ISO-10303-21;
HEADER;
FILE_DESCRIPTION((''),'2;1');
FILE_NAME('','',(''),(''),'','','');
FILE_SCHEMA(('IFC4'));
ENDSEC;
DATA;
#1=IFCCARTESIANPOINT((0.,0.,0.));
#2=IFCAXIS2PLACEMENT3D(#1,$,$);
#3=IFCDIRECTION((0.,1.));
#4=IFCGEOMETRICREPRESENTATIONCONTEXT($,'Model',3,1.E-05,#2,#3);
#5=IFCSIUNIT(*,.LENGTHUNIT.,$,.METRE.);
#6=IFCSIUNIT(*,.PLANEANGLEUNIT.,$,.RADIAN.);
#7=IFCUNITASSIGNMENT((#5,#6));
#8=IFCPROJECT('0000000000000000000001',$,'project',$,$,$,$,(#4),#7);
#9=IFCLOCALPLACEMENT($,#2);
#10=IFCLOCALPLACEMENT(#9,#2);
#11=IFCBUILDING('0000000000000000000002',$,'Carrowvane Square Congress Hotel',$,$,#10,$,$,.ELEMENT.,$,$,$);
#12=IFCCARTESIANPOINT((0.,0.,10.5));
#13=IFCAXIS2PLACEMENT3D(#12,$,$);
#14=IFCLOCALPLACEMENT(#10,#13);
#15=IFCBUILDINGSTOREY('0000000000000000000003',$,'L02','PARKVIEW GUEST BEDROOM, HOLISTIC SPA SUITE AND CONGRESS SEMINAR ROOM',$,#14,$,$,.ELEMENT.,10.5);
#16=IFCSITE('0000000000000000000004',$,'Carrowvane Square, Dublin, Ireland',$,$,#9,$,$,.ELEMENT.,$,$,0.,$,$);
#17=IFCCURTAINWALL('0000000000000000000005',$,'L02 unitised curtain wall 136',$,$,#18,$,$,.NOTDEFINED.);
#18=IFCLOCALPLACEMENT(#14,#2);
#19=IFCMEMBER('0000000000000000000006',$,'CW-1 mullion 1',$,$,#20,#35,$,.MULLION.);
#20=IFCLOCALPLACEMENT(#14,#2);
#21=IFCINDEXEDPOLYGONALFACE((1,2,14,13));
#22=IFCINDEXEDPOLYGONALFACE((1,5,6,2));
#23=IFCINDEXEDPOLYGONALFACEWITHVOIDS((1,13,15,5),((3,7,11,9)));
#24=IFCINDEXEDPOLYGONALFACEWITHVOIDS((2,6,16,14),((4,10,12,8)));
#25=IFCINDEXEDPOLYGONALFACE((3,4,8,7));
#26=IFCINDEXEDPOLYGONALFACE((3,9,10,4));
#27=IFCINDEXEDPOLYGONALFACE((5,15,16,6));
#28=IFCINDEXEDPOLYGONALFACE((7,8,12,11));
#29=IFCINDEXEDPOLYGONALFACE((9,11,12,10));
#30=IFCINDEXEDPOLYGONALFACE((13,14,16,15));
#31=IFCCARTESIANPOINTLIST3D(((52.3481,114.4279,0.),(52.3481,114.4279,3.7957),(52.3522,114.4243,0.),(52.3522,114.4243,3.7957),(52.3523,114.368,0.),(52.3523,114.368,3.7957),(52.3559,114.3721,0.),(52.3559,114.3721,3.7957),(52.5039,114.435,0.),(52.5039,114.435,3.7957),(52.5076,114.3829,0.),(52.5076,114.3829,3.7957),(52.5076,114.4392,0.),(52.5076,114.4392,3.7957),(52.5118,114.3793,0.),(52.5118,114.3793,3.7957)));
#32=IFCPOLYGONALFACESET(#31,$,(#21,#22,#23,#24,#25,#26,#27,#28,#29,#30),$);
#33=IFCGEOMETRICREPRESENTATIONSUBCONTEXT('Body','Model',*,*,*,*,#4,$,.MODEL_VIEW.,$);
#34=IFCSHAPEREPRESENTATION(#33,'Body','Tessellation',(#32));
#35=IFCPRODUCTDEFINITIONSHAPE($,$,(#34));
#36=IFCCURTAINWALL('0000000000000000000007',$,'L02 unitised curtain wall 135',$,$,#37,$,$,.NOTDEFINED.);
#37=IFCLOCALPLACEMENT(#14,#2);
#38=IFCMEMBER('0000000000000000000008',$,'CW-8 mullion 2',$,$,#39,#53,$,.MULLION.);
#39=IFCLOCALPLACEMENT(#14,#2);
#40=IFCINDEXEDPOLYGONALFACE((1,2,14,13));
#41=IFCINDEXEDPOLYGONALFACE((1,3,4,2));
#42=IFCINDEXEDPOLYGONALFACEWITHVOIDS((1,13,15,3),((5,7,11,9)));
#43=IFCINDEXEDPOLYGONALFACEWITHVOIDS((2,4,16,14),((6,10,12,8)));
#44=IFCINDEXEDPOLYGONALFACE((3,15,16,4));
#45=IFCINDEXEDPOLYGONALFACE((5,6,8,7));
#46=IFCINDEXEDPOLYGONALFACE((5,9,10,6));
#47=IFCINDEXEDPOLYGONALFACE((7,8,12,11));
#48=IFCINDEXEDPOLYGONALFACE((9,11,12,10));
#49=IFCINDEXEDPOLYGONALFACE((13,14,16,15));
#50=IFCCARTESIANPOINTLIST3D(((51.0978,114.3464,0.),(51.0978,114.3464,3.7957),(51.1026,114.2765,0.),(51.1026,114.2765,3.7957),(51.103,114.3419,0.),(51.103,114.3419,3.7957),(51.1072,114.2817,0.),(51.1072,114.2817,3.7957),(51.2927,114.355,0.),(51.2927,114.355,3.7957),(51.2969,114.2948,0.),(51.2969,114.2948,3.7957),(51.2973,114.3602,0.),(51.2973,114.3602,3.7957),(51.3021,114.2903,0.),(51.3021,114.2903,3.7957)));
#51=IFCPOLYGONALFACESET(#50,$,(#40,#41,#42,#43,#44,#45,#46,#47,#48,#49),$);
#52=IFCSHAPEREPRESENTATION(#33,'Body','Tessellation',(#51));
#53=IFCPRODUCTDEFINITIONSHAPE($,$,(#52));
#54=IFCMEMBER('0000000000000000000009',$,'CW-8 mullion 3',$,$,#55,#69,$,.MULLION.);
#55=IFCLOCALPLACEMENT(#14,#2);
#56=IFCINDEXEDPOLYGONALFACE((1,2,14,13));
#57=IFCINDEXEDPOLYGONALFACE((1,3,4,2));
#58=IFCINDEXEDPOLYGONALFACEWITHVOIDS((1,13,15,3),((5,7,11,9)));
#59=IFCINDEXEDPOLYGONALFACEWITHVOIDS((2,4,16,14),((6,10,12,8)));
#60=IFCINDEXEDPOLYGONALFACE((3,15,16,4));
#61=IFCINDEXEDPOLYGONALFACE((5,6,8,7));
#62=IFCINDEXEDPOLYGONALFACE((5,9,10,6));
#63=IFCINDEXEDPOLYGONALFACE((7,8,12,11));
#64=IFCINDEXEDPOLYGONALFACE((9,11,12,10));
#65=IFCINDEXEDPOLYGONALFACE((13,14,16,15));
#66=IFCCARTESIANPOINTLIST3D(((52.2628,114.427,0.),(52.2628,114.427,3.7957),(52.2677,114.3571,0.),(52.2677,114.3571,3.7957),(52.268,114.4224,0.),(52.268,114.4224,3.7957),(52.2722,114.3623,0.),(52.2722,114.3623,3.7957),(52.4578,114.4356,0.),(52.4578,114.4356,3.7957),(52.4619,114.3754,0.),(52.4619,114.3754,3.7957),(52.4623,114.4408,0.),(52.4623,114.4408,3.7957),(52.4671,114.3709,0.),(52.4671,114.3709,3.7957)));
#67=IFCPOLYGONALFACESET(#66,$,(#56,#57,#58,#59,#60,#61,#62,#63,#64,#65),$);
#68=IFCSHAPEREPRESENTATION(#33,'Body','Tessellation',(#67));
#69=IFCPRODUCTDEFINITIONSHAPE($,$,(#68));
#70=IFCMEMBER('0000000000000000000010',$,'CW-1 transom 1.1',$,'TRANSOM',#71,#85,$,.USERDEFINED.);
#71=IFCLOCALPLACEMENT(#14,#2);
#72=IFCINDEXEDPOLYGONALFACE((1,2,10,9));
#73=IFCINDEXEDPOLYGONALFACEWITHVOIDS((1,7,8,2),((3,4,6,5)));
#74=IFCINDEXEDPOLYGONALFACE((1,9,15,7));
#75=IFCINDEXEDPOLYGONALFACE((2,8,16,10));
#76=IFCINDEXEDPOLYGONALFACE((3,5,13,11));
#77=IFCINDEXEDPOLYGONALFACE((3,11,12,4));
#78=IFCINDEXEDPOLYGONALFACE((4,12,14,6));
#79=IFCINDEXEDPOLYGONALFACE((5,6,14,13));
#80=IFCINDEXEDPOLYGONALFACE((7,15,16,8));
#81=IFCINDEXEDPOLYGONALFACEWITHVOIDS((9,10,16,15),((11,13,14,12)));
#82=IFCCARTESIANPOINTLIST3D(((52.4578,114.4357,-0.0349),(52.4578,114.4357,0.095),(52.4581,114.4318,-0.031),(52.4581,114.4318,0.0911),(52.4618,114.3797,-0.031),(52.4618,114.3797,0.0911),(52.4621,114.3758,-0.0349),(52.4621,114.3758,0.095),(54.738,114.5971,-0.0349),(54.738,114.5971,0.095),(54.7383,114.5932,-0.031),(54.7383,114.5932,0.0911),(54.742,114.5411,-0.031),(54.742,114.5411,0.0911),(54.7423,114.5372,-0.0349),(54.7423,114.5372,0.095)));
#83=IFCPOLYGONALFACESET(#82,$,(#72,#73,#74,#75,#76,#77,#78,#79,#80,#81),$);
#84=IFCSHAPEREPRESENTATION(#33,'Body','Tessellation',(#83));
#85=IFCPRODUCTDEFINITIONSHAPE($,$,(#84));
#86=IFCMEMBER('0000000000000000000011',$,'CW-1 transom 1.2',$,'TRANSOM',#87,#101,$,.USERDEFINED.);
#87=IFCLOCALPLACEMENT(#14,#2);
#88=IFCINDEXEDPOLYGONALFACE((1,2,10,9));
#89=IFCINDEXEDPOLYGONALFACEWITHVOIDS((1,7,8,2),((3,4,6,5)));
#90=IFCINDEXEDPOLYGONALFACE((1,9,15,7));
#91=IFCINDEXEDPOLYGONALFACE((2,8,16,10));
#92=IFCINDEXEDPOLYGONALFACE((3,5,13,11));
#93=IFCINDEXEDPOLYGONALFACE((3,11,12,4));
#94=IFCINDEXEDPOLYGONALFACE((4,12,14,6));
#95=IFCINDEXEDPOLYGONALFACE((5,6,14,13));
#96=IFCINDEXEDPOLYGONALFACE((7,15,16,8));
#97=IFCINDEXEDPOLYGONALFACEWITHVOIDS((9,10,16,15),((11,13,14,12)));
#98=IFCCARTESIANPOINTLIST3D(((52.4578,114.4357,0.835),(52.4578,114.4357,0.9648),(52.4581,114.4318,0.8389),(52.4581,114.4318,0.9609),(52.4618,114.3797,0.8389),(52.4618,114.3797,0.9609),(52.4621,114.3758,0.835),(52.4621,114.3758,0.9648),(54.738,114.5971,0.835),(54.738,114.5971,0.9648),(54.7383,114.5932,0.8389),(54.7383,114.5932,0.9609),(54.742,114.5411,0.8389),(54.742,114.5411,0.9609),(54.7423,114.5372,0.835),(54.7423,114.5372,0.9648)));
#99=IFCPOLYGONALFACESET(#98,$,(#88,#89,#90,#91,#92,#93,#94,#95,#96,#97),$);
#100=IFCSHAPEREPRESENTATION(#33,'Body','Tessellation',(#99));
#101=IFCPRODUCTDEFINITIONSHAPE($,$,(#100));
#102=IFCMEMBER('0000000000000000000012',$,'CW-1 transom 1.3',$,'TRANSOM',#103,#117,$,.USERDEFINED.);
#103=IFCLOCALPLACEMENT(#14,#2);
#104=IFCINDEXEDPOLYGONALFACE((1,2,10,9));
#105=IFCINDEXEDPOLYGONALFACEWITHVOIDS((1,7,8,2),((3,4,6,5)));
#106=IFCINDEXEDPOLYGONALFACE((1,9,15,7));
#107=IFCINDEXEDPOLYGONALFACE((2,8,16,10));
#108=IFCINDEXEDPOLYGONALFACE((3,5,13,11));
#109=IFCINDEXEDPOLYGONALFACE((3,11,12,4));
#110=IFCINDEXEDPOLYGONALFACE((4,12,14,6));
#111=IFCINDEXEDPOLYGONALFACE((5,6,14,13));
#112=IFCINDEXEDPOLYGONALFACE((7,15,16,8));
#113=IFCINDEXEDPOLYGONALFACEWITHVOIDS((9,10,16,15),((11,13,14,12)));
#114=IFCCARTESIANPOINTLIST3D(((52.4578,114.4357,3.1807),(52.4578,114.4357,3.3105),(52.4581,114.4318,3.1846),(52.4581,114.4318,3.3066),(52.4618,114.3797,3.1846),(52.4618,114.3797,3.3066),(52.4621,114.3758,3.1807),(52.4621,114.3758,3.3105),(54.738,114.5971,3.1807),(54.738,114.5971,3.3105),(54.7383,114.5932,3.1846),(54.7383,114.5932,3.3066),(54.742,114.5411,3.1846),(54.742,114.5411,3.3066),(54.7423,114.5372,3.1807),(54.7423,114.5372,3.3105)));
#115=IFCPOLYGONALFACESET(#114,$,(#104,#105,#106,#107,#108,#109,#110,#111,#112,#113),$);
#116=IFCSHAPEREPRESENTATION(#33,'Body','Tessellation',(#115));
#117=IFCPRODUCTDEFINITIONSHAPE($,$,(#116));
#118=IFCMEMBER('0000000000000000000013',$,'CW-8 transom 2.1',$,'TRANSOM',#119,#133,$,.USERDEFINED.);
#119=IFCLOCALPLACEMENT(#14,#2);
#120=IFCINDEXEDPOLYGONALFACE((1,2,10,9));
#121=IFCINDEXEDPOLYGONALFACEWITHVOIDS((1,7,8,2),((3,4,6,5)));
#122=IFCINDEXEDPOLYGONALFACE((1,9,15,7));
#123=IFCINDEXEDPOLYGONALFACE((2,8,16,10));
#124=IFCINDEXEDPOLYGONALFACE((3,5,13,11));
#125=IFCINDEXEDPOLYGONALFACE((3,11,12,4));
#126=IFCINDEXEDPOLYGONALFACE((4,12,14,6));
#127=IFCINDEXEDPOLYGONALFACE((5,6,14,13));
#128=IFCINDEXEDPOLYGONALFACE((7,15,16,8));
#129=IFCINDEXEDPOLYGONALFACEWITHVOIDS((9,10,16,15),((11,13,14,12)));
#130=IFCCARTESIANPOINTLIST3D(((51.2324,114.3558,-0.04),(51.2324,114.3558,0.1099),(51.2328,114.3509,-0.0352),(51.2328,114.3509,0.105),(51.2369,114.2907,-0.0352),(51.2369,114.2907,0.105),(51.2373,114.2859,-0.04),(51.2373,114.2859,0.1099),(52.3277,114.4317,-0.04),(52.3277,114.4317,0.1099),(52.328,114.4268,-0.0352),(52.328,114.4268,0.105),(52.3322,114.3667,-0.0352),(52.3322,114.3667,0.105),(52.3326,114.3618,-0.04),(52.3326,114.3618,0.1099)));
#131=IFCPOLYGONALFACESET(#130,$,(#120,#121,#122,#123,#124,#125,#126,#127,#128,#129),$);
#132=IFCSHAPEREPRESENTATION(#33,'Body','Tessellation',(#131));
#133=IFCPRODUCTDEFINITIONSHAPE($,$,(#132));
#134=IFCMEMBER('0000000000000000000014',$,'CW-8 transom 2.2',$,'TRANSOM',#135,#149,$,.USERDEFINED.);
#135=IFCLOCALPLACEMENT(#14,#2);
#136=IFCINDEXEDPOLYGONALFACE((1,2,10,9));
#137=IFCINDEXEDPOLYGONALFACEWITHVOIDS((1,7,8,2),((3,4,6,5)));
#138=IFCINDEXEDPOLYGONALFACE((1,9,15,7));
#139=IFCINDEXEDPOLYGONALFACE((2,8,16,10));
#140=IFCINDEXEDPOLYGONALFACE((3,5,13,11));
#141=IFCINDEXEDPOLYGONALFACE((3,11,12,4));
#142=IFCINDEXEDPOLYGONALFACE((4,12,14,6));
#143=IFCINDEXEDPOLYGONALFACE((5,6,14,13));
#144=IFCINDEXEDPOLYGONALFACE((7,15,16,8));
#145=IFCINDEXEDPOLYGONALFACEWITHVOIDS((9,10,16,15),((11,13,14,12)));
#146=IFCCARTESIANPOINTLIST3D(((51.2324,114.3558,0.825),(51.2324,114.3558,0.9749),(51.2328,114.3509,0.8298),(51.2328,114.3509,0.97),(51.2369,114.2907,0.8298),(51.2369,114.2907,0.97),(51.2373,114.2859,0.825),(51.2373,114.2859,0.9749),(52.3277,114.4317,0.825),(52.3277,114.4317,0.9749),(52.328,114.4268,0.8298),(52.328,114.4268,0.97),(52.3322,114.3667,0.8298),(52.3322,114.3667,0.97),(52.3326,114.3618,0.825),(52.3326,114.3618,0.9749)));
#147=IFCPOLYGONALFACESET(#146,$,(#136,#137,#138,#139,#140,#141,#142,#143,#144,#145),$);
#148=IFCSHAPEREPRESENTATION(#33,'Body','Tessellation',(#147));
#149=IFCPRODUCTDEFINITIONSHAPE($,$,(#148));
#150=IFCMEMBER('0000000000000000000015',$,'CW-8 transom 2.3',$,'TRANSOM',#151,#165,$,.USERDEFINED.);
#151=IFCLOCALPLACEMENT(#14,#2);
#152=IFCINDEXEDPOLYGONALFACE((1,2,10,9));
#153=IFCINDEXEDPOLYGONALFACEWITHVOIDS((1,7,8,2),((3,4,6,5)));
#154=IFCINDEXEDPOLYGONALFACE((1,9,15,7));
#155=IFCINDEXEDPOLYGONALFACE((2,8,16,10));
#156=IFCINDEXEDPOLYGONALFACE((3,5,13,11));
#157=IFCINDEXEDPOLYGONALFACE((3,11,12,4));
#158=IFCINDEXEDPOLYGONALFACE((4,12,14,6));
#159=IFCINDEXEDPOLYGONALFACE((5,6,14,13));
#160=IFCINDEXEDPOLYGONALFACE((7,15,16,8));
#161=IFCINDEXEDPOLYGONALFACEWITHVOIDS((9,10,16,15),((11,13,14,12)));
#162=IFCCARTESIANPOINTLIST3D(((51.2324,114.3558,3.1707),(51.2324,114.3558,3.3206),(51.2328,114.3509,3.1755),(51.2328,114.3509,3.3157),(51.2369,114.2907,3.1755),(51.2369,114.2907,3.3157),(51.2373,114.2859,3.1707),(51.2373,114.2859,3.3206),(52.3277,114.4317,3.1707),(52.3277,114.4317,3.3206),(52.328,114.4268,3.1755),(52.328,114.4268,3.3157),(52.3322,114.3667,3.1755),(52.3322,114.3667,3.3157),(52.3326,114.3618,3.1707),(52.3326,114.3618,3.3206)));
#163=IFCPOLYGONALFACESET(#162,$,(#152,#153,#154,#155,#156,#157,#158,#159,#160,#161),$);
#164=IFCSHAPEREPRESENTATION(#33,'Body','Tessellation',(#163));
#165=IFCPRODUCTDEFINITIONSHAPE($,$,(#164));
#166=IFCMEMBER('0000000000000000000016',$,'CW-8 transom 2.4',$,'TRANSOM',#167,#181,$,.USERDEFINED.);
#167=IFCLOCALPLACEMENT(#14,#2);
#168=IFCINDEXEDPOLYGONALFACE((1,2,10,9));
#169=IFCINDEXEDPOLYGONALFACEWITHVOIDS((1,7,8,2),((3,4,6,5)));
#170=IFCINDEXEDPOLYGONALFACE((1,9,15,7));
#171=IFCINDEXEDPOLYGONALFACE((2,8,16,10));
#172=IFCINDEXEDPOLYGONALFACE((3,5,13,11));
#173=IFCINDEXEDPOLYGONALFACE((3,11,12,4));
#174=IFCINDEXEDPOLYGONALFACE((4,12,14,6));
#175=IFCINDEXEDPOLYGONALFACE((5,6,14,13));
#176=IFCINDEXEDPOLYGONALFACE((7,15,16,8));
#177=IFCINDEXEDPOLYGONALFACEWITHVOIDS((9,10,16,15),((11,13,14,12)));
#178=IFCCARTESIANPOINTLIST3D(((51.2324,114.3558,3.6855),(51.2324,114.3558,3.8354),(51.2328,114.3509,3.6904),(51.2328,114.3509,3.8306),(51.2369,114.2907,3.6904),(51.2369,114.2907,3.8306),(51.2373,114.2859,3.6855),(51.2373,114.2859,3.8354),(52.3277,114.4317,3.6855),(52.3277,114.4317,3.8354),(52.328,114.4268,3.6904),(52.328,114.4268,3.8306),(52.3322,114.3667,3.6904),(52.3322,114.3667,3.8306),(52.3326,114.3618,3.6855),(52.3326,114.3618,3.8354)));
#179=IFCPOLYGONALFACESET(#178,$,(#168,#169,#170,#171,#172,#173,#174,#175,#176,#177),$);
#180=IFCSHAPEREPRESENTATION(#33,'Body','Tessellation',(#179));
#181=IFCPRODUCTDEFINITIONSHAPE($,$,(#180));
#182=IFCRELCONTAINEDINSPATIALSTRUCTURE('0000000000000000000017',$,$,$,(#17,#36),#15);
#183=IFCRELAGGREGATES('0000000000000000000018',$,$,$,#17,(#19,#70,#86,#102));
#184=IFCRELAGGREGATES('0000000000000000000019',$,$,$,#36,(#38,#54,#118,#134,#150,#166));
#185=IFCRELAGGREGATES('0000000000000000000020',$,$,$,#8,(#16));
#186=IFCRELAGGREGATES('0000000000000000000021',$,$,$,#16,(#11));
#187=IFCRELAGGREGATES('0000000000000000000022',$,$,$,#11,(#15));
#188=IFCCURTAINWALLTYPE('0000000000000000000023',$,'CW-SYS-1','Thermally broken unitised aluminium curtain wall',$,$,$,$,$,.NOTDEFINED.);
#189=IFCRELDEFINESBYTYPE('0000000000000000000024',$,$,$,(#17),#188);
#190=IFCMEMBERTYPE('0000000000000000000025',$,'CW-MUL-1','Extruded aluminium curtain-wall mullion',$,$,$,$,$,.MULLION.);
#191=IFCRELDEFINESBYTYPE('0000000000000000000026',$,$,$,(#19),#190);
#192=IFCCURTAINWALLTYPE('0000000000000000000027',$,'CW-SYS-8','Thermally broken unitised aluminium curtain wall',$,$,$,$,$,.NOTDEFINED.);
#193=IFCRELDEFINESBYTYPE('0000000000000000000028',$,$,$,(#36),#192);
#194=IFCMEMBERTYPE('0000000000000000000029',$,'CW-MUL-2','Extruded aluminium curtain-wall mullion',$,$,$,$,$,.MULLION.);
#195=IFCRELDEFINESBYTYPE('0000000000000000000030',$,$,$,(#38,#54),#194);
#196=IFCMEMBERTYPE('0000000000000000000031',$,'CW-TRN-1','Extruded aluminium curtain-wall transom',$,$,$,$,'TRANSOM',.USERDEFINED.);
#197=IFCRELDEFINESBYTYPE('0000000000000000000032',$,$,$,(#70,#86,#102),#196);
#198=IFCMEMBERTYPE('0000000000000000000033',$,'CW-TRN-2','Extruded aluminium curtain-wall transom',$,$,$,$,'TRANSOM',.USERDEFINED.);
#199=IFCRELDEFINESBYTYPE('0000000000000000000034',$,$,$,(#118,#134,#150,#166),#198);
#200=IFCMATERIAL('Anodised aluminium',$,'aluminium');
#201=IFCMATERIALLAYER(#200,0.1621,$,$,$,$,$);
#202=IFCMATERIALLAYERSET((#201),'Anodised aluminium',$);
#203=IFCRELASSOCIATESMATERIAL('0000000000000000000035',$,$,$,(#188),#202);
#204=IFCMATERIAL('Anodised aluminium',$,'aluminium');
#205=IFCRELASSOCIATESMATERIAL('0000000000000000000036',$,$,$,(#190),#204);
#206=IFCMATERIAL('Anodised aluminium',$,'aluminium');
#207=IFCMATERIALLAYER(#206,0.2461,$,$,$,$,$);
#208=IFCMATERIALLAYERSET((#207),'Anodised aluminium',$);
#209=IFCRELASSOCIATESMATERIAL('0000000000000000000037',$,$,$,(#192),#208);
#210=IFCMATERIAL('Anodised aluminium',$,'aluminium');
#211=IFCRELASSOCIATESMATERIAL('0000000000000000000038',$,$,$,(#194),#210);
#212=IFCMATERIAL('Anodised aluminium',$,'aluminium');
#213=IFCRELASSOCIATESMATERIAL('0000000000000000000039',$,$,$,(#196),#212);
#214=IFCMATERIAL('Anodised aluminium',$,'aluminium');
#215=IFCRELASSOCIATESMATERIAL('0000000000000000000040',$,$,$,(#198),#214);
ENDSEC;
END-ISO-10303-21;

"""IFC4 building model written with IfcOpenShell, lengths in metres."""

from ifc_helpers import new_model, si_unit, direction, frame, origin, origin_2d, place, context, subcontext, project, spatial, hollow_rectangle, extrude, material, layer, layer_set, material_profile, profile_set, type_object, element, aggregate, save


model = new_model("IFC4")

# Units and contexts
model_context = context("Model", 3, precision=1e-05, world=origin(), true_north=direction((0.0, 1.0)))
body_context = subcontext(model_context, "Body", "Model", "MODEL_VIEW")
ifc_project = project(units=[si_unit("LENGTHUNIT", "METRE"), si_unit("PLANEANGLEUNIT", "RADIAN")], contexts=[model_context])

# Site, building, storey
site_placement = place(None, origin())
site = spatial("IfcSite", under=ifc_project, at=site_placement, Name="Carrowvane Square, Dublin, Ireland", CompositionType="ELEMENT", RefElevation=0.0)
building_placement = place(site_placement, origin())
building = spatial("IfcBuilding", under=site, at=building_placement, Name="Carrowvane Square Congress Hotel", CompositionType="ELEMENT")
storey_placement = place(building_placement, frame((0.0, 0.0, 10.5)))
storey = spatial("IfcBuildingStorey", under=building, at=storey_placement, Name="L02", Description="PARKVIEW GUEST BEDROOM, HOLISTIC SPA SUITE AND CONGRESS SEMINAR ROOM", CompositionType="ELEMENT", Elevation=10.5)

# Curtain wall, member
ifc_material_1 = material(Name="Anodised aluminium", Category="aluminium")
ifc_layer_1 = layer(ifc_material_1, 0.1621)
ifc_layer_set_1 = layer_set([ifc_layer_1], Name="Anodised aluminium")
curtain_wall_type_1 = type_object("IfcCurtainWallType", Name="CW-SYS-1", Description="Thermally broken unitised aluminium curtain wall", PredefinedType="NOTDEFINED", material=ifc_layer_set_1)
curtain_wall_1_placement = place(storey_placement, origin())
curtain_wall_1 = element("IfcCurtainWall", 1, at=curtain_wall_1_placement, inside=storey, type_object=curtain_wall_type_1, Name="L02 unitised curtain wall 136", PredefinedType="NOTDEFINED")
ifc_material_2 = material(Name="Anodised aluminium", Category="aluminium")
ifc_material_profile_1 = material_profile(ifc_material_2, hollow_rectangle(XDim=0.0601, YDim=0.1599, WallThickness=0.0039, at=origin_2d()), Name="CW-ML 60x160x4")
ifc_profile_set_1 = profile_set([ifc_material_profile_1], Name="Anodised aluminium")
member_type_1 = type_object("IfcMemberType", Name="CW-MUL-1", Description="Extruded aluminium curtain-wall mullion", PredefinedType="MULLION", material=ifc_profile_set_1)
member_1_placement = place(storey_placement, frame((52.4299, 114.4036, 0.0), z_axis=(0.0, 0.0, 1.0), x_axis=(-0.070586, 0.997506, 0.0)))
member_1 = element("IfcMember", 2, at=member_1_placement, type_object=member_type_1, Name="CW-1 mullion 1", PredefinedType="MULLION", context=body_context, shape_type="SweptSolid", body=[
    extrude(hollow_rectangle(XDim=0.0601, YDim=0.1599, WallThickness=0.0039, at=origin_2d()), origin(), (0.0, 0.0, 1.0), 3.7957),
])

# Curtain wall, members
ifc_material_3 = material(Name="Anodised aluminium", Category="aluminium")
ifc_layer_2 = layer(ifc_material_3, 0.2461)
ifc_layer_set_2 = layer_set([ifc_layer_2], Name="Anodised aluminium")
curtain_wall_type_2 = type_object("IfcCurtainWallType", Name="CW-SYS-8", Description="Thermally broken unitised aluminium curtain wall", PredefinedType="NOTDEFINED", material=ifc_layer_set_2)
curtain_wall_2_placement = place(storey_placement, origin())
curtain_wall_2 = element("IfcCurtainWall", 3, at=curtain_wall_2_placement, inside=storey, type_object=curtain_wall_type_2, Name="L02 unitised curtain wall 135", PredefinedType="NOTDEFINED")
ifc_material_4 = material(Name="Anodised aluminium", Category="aluminium")
ifc_material_profile_2 = material_profile(ifc_material_4, hollow_rectangle(XDim=0.0701, YDim=0.2, WallThickness=0.0049, at=origin_2d()), Name="CW-ML 70x200x5")
ifc_profile_set_2 = profile_set([ifc_material_profile_2], Name="Anodised aluminium")
member_type_2 = type_object("IfcMemberType", Name="CW-MUL-2", Description="Extruded aluminium curtain-wall mullion", PredefinedType="MULLION", material=ifc_profile_set_2)
member_2_placement = place(storey_placement, frame((51.2, 114.3184, 0.0), z_axis=(0.0, 0.0, 1.0), x_axis=(-0.068986, 0.997618, 0.0)))
member_2 = element("IfcMember", 4, at=member_2_placement, type_object=member_type_2, Name="CW-8 mullion 2", PredefinedType="MULLION", context=body_context, shape_type="SweptSolid", body=[
    extrude(hollow_rectangle(XDim=0.0701, YDim=0.2, WallThickness=0.0049, at=origin_2d()), origin(), (0.0, 0.0, 1.0), 3.7957),
])
member_3_placement = place(storey_placement, frame((52.365, 114.3989, 0.0), z_axis=(0.0, 0.0, 1.0), x_axis=(-0.068986, 0.997618, 0.0)))
member_3 = element("IfcMember", 5, at=member_3_placement, type_object=member_type_2, Name="CW-8 mullion 3", PredefinedType="MULLION", context=body_context, shape_type="SweptSolid", body=[
    extrude(hollow_rectangle(XDim=0.0701, YDim=0.2, WallThickness=0.0049, at=origin_2d()), origin(), (0.0, 0.0, 1.0), 3.7957),
])

# Members
ifc_material_5 = material(Name="Anodised aluminium", Category="aluminium")
ifc_material_profile_3 = material_profile(ifc_material_5, hollow_rectangle(XDim=0.0601, YDim=0.1299, WallThickness=0.0039, at=origin_2d()), Name="CW-TR 60x130x4")
ifc_profile_set_3 = profile_set([ifc_material_profile_3], Name="Anodised aluminium")
member_type_3 = type_object("IfcMemberType", Name="CW-TRN-1", Description="Extruded aluminium curtain-wall transom", ElementType="TRANSOM", PredefinedType="USERDEFINED", material=ifc_profile_set_3)
member_4_placement = place(storey_placement, frame((52.46, 114.4058, 0.03), z_axis=(0.997505, 0.070594, 0.0), x_axis=(-0.070594, 0.997505, 0.0)))
member_4 = element("IfcMember", 6, at=member_4_placement, type_object=member_type_3, Name="CW-1 transom 1.1", ObjectType="TRANSOM", PredefinedType="USERDEFINED", context=body_context, shape_type="SweptSolid", body=[
    extrude(hollow_rectangle(XDim=0.0601, YDim=0.1299, WallThickness=0.0039, at=origin_2d()), origin(), (0.0, 0.0, 1.0), 2.2859),
])
member_5_placement = place(storey_placement, frame((52.46, 114.4058, 0.8999), z_axis=(0.997505, 0.070594, 0.0), x_axis=(-0.070594, 0.997505, 0.0)))
member_5 = element("IfcMember", 7, at=member_5_placement, type_object=member_type_3, Name="CW-1 transom 1.2", ObjectType="TRANSOM", PredefinedType="USERDEFINED", context=body_context, shape_type="SweptSolid", body=[
    extrude(hollow_rectangle(XDim=0.0601, YDim=0.1299, WallThickness=0.0039, at=origin_2d()), origin(), (0.0, 0.0, 1.0), 2.2859),
])
member_6_placement = place(storey_placement, frame((52.46, 114.4058, 3.2456), z_axis=(0.997505, 0.070594, 0.0), x_axis=(-0.070594, 0.997505, 0.0)))
member_6 = element("IfcMember", 8, at=member_6_placement, type_object=member_type_3, Name="CW-1 transom 1.3", ObjectType="TRANSOM", PredefinedType="USERDEFINED", context=body_context, shape_type="SweptSolid", body=[
    extrude(hollow_rectangle(XDim=0.0601, YDim=0.1299, WallThickness=0.0039, at=origin_2d()), origin(), (0.0, 0.0, 1.0), 2.2859),
])
aggregate(curtain_wall_1, [member_1, member_4, member_5, member_6])
ifc_material_6 = material(Name="Anodised aluminium", Category="aluminium")
ifc_material_profile_4 = material_profile(ifc_material_6, hollow_rectangle(XDim=0.0701, YDim=0.1499, WallThickness=0.0049, at=origin_2d()), Name="CW-TR 70x150x5")
ifc_profile_set_4 = profile_set([ifc_material_profile_4], Name="Anodised aluminium")
member_type_4 = type_object("IfcMemberType", Name="CW-TRN-2", Description="Extruded aluminium curtain-wall transom", ElementType="TRANSOM", PredefinedType="USERDEFINED", material=ifc_profile_set_4)
member_7_placement = place(storey_placement, frame((51.2349, 114.3208, 0.0349), z_axis=(0.997606, 0.069161, 0.0), x_axis=(-0.069161, 0.997606, 0.0)))
member_7 = element("IfcMember", 9, at=member_7_placement, type_object=member_type_4, Name="CW-8 transom 2.1", ObjectType="TRANSOM", PredefinedType="USERDEFINED", context=body_context, shape_type="SweptSolid", body=[
    extrude(hollow_rectangle(XDim=0.0701, YDim=0.1499, WallThickness=0.0049, at=origin_2d()), origin(), (0.0, 0.0, 1.0), 1.0979),
])
member_8_placement = place(storey_placement, frame((51.2349, 114.3208, 0.8999), z_axis=(0.997606, 0.069161, 0.0), x_axis=(-0.069161, 0.997606, 0.0)))
member_8 = element("IfcMember", 10, at=member_8_placement, type_object=member_type_4, Name="CW-8 transom 2.2", ObjectType="TRANSOM", PredefinedType="USERDEFINED", context=body_context, shape_type="SweptSolid", body=[
    extrude(hollow_rectangle(XDim=0.0701, YDim=0.1499, WallThickness=0.0049, at=origin_2d()), origin(), (0.0, 0.0, 1.0), 1.0979),
])
member_9_placement = place(storey_placement, frame((51.2349, 114.3208, 3.2456), z_axis=(0.997606, 0.069161, 0.0), x_axis=(-0.069161, 0.997606, 0.0)))
member_9 = element("IfcMember", 11, at=member_9_placement, type_object=member_type_4, Name="CW-8 transom 2.3", ObjectType="TRANSOM", PredefinedType="USERDEFINED", context=body_context, shape_type="SweptSolid", body=[
    extrude(hollow_rectangle(XDim=0.0701, YDim=0.1499, WallThickness=0.0049, at=origin_2d()), origin(), (0.0, 0.0, 1.0), 1.0979),
])
member_10_placement = place(storey_placement, frame((51.2349, 114.3208, 3.7605), z_axis=(0.997606, 0.069161, 0.0), x_axis=(-0.069161, 0.997606, 0.0)))
member_10 = element("IfcMember", 12, at=member_10_placement, type_object=member_type_4, Name="CW-8 transom 2.4", ObjectType="TRANSOM", PredefinedType="USERDEFINED", context=body_context, shape_type="SweptSolid", body=[
    extrude(hollow_rectangle(XDim=0.0701, YDim=0.1499, WallThickness=0.0049, at=origin_2d()), origin(), (0.0, 0.0, 1.0), 1.0979),
])

aggregate(curtain_wall_2, [member_2, member_3, member_7, member_8, member_9, member_10])

save(model, "model.ifc")
